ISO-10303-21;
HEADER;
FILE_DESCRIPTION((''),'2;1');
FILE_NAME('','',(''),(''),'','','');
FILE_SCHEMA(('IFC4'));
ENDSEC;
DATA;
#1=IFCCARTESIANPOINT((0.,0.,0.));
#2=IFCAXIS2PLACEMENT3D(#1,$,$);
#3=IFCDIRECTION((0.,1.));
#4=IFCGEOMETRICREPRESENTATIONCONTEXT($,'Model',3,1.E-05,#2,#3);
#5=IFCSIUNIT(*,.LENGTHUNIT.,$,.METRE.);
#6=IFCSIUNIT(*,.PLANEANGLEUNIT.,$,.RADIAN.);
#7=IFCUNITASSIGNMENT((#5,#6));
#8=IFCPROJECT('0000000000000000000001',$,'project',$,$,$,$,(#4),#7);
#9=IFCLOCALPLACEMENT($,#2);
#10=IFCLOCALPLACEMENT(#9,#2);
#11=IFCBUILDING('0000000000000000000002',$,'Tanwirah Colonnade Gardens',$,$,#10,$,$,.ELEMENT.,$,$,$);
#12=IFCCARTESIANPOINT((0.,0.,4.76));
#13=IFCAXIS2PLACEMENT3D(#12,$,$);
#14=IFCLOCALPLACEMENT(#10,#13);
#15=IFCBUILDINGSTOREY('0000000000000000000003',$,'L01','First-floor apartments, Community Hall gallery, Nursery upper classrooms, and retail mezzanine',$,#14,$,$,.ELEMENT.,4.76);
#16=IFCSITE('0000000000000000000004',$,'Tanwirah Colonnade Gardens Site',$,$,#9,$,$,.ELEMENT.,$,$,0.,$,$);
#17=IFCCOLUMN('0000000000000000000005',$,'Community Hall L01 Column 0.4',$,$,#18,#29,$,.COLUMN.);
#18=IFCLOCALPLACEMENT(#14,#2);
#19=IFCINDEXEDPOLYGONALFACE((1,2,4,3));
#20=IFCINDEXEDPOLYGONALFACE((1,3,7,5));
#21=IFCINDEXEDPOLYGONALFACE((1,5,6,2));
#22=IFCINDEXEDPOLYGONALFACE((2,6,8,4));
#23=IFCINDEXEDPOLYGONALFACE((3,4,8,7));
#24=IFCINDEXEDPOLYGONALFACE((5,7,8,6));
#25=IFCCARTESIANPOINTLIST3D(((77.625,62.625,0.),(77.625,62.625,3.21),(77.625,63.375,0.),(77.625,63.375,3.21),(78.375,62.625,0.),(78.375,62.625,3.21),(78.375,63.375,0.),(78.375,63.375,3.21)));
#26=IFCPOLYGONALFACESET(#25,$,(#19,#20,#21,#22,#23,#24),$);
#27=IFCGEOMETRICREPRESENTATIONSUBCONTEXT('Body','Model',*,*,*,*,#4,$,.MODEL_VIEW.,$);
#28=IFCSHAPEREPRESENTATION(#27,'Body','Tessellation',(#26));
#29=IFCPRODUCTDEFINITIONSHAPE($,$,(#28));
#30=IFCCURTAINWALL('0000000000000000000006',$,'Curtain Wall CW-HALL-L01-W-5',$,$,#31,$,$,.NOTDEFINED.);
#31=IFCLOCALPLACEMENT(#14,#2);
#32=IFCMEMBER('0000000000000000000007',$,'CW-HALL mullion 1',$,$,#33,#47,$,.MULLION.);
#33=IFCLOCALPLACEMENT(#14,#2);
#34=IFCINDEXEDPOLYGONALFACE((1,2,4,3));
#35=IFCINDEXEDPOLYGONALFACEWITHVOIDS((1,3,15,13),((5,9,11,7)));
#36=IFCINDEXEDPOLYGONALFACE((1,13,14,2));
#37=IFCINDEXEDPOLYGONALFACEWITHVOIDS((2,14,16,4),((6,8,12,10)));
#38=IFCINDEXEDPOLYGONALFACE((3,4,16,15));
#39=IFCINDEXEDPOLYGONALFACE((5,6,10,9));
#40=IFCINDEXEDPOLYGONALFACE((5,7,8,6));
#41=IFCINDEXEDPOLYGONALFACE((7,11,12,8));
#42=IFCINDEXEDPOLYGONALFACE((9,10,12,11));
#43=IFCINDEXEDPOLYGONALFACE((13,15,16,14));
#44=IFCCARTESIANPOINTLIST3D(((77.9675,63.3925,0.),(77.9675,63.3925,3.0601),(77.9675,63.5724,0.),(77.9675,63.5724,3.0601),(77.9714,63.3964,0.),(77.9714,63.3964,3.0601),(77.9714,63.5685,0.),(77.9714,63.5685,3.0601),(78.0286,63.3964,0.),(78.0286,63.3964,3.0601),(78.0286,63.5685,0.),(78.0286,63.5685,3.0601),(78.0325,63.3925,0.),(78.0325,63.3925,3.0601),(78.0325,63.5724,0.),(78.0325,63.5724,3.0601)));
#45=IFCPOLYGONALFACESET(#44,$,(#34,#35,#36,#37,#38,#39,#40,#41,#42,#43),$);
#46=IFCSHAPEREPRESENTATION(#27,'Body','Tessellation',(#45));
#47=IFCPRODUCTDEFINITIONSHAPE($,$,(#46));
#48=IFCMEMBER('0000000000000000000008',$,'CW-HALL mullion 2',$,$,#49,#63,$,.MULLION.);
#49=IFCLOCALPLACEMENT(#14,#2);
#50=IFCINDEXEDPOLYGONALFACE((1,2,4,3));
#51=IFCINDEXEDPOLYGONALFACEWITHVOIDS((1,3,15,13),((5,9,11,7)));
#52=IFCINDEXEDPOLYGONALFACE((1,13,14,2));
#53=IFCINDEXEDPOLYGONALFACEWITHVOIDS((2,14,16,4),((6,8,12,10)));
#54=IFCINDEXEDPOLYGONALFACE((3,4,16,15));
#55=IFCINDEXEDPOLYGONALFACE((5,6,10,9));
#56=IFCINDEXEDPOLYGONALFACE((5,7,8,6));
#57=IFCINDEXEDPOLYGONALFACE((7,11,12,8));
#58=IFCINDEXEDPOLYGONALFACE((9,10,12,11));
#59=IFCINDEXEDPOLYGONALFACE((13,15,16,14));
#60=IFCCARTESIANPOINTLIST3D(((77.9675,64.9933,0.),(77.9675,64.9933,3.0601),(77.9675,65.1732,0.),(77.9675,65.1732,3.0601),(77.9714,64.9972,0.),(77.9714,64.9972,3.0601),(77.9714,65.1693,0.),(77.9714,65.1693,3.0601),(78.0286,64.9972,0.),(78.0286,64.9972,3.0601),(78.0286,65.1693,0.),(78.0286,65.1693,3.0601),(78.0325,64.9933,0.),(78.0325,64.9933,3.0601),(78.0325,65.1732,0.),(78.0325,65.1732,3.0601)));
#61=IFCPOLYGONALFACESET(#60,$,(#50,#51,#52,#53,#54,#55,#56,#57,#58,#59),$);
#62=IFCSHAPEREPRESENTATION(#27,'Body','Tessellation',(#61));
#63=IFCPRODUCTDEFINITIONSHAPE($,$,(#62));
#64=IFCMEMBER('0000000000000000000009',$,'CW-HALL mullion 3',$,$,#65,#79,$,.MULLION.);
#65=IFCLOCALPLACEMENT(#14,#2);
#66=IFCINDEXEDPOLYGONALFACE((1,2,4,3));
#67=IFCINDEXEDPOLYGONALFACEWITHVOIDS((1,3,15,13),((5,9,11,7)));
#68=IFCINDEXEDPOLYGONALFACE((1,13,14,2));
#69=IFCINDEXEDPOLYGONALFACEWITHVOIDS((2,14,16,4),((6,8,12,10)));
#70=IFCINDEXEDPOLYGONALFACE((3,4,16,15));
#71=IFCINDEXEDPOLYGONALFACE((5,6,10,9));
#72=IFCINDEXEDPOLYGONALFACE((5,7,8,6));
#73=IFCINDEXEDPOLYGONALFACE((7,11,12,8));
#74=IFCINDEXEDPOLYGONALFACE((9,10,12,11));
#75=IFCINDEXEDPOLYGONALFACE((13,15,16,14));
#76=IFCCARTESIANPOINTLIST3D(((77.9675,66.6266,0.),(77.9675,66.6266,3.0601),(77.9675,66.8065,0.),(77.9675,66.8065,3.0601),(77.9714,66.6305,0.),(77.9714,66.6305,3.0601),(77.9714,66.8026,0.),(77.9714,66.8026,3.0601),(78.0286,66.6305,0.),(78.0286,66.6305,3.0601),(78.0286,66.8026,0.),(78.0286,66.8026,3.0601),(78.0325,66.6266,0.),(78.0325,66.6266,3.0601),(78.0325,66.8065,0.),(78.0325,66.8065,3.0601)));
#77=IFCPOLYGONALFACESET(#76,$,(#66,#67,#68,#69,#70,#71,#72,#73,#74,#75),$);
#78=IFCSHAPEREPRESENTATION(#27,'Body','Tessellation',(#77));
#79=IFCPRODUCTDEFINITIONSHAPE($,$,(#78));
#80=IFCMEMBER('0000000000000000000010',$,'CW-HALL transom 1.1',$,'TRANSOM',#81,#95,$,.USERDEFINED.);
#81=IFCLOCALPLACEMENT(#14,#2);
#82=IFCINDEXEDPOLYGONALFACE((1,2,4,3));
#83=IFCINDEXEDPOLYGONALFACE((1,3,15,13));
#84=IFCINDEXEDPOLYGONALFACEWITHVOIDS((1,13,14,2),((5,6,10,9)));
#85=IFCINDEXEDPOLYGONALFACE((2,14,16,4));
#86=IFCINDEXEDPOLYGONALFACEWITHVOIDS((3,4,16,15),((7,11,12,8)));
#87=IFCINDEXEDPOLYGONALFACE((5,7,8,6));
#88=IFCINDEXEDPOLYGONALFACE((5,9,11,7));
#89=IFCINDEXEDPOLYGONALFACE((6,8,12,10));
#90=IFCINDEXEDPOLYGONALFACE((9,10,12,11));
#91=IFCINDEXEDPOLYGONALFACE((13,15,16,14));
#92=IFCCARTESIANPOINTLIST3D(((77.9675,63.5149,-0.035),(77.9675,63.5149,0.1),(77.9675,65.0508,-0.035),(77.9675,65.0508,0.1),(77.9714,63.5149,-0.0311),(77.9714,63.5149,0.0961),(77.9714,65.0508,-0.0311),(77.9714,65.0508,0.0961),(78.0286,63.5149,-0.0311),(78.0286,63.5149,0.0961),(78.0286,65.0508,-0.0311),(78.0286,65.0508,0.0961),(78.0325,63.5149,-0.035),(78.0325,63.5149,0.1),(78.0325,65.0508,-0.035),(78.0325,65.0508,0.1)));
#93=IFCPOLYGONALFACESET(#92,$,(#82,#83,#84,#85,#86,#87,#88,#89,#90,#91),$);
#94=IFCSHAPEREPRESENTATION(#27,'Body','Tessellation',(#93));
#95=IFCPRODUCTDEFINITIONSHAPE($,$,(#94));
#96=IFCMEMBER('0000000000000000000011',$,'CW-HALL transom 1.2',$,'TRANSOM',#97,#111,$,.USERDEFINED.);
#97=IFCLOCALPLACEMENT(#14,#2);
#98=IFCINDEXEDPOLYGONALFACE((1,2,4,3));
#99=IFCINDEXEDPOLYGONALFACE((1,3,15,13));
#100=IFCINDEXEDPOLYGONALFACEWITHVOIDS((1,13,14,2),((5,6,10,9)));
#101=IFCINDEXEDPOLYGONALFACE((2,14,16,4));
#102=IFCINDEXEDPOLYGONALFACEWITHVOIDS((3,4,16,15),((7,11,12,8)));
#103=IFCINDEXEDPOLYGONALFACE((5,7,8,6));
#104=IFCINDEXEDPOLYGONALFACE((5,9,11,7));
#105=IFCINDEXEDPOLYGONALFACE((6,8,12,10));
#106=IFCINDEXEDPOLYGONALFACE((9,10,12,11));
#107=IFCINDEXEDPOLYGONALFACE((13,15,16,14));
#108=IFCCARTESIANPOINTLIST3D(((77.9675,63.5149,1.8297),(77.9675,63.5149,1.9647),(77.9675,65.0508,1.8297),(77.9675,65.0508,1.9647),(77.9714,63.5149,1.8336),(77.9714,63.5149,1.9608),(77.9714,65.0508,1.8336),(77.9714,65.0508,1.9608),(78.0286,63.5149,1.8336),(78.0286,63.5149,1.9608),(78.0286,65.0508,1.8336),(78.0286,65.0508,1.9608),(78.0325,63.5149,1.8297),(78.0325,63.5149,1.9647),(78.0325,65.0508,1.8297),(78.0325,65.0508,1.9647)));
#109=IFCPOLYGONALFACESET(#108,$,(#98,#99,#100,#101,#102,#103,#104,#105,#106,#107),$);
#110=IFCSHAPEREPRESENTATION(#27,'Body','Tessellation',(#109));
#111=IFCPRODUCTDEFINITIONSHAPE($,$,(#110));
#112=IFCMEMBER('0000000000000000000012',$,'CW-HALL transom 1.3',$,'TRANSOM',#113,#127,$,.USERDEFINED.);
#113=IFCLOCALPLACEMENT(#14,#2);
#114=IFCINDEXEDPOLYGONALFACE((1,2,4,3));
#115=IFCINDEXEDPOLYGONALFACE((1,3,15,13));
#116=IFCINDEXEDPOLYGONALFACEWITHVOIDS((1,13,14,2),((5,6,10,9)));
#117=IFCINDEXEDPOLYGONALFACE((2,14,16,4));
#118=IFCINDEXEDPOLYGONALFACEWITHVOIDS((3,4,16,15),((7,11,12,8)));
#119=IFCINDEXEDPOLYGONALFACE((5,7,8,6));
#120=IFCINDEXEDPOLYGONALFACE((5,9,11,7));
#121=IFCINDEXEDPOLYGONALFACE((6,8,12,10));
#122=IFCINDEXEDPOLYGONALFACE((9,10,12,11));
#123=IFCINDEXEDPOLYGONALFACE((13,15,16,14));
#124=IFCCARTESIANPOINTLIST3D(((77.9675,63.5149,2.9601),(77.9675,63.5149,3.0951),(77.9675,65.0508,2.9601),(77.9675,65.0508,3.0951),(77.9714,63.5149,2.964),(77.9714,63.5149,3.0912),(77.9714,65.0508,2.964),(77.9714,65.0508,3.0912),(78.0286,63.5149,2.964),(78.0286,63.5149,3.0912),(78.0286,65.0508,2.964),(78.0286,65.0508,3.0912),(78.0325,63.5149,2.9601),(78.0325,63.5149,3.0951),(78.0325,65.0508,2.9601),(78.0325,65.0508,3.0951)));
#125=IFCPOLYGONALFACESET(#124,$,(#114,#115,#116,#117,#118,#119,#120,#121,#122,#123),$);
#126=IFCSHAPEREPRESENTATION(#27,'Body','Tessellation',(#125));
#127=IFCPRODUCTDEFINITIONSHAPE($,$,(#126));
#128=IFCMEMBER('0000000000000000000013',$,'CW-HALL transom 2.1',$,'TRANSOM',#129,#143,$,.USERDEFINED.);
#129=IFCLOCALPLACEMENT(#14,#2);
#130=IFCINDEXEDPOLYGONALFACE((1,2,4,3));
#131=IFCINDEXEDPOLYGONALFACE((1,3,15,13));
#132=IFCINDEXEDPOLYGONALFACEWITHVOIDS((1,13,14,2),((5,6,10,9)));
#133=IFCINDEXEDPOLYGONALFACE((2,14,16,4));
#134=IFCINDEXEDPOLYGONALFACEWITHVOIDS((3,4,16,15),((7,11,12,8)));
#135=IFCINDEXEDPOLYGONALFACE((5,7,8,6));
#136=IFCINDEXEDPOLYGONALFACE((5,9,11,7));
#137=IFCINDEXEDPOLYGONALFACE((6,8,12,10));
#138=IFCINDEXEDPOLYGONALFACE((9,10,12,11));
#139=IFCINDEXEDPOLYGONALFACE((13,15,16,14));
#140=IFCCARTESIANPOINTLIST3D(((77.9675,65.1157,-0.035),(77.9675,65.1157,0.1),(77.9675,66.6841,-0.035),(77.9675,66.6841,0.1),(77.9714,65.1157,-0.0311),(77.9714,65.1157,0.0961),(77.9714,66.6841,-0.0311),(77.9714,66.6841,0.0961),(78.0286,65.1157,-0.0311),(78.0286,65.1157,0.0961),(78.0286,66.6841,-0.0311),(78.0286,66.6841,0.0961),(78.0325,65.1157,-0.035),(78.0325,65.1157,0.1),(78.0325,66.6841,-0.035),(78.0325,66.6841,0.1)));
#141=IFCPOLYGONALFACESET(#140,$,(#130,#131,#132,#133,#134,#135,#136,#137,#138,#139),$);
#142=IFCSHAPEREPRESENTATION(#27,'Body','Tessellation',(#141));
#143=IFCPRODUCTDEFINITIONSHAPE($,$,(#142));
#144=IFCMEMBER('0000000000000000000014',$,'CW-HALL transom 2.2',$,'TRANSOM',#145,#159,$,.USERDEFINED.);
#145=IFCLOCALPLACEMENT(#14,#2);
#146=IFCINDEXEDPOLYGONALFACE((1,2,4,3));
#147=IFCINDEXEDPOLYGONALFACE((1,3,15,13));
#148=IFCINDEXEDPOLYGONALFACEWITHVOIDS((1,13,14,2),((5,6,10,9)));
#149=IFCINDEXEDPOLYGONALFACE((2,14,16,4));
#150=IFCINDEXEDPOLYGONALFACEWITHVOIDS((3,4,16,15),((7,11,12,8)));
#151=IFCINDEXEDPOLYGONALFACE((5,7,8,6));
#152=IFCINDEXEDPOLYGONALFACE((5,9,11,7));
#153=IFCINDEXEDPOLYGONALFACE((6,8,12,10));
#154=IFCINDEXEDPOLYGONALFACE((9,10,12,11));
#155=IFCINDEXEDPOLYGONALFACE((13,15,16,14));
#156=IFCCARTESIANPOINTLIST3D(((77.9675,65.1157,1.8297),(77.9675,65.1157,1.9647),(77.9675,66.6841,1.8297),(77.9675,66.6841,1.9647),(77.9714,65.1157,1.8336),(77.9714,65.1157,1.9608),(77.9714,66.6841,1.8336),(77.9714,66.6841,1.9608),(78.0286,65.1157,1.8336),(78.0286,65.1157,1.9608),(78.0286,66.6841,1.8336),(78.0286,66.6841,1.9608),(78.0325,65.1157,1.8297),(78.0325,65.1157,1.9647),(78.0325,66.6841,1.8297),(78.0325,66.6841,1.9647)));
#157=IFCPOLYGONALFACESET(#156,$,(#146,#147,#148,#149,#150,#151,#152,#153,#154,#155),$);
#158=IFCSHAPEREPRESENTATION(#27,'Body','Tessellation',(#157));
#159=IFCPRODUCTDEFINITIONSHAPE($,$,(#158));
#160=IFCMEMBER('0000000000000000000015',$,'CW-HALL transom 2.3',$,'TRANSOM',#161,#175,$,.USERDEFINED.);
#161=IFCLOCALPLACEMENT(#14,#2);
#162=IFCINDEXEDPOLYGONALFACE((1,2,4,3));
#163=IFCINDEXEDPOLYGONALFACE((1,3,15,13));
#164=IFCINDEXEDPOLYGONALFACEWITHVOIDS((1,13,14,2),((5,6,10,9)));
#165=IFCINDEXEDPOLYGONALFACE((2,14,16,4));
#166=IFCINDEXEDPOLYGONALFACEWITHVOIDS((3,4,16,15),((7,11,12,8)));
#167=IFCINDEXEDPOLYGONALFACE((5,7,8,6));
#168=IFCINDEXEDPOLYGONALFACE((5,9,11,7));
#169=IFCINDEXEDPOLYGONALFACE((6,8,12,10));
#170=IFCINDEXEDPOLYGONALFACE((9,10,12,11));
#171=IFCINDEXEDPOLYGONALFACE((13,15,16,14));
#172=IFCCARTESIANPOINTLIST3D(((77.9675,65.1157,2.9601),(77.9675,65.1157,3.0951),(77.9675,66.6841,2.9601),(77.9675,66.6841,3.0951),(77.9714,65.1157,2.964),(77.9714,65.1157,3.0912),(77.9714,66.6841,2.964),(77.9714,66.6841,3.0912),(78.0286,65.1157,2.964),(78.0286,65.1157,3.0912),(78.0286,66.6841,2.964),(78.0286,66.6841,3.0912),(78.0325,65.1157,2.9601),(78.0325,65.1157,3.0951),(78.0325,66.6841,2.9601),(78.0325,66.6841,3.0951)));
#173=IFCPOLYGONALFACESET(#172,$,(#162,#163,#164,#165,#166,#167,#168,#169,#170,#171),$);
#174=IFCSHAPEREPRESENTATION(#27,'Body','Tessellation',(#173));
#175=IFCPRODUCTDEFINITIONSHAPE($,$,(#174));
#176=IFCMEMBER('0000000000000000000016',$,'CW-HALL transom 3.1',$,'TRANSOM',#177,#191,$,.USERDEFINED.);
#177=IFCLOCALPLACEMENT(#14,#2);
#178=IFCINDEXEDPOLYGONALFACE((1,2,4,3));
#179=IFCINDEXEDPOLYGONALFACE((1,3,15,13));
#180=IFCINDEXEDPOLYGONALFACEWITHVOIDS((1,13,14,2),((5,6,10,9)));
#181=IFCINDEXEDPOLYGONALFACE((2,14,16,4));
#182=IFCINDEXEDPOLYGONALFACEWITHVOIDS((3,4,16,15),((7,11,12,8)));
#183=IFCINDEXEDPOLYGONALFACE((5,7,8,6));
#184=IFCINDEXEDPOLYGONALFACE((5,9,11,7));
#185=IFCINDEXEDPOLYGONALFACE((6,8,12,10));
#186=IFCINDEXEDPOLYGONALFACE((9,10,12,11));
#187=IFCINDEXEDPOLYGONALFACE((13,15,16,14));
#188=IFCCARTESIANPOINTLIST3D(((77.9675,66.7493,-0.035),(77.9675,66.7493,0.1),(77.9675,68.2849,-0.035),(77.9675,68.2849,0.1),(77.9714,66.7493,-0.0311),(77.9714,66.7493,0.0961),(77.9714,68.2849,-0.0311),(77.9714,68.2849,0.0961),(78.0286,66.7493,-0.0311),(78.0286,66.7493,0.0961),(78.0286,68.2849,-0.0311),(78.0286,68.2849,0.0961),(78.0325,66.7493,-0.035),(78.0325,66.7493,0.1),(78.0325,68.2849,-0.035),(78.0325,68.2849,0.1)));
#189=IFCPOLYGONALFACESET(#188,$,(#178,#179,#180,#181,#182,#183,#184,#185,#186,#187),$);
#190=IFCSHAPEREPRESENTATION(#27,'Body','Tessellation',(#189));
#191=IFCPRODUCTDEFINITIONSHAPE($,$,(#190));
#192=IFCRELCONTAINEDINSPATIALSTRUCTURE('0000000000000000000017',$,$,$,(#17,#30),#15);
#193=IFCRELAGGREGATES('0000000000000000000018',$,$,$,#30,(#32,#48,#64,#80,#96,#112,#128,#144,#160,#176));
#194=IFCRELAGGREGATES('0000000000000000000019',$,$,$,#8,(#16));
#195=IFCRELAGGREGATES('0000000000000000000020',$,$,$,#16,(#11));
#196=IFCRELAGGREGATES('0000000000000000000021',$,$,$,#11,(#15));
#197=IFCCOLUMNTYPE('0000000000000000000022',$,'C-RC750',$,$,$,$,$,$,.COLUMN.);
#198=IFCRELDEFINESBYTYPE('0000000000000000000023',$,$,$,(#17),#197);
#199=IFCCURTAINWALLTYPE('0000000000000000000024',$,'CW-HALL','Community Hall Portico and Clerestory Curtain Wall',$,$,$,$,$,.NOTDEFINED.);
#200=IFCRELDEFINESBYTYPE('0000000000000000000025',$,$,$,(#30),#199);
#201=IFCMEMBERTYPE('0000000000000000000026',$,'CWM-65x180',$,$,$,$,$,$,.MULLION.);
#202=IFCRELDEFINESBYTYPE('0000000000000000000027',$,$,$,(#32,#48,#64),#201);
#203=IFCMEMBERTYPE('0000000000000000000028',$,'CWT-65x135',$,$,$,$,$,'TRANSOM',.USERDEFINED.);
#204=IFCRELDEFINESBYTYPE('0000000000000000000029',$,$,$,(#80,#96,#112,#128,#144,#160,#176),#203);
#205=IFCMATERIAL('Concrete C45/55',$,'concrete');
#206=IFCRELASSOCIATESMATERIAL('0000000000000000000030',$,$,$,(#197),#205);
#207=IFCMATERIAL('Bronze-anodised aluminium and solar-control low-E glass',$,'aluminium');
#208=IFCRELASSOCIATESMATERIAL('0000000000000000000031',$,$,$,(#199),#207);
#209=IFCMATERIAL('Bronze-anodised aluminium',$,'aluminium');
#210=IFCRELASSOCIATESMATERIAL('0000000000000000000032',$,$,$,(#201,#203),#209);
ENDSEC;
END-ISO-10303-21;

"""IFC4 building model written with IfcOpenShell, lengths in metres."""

from ifc_helpers import new_model, si_unit, direction, frame, origin, origin_2d, place, context, subcontext, project, spatial, rectangle, hollow_rectangle, extrude, material, material_profile, profile_set, type_object, element, aggregate, save


model = new_model("IFC4")

# Units and contexts
model_context = context("Model", 3, precision=1e-05, world=origin(), true_north=direction((0.0, 1.0)))
body_context = subcontext(model_context, "Body", "Model", "MODEL_VIEW")
ifc_project = project(units=[si_unit("LENGTHUNIT", "METRE"), si_unit("PLANEANGLEUNIT", "RADIAN")], contexts=[model_context])

# Site, building, storey
site_placement = place(None, origin())
site = spatial("IfcSite", under=ifc_project, at=site_placement, Name="Tanwirah Colonnade Gardens Site", CompositionType="ELEMENT", RefElevation=0.0)
building_placement = place(site_placement, origin())
building = spatial("IfcBuilding", under=site, at=building_placement, Name="Tanwirah Colonnade Gardens", CompositionType="ELEMENT")
storey_placement = place(building_placement, frame((0.0, 0.0, 4.76)))
storey = spatial("IfcBuildingStorey", under=building, at=storey_placement, Name="L01", Description="First-floor apartments, Community Hall gallery, Nursery upper classrooms, and retail mezzanine", CompositionType="ELEMENT", Elevation=4.76)

# Column
ifc_material_1 = material(Name="Concrete C45/55", Category="concrete")
ifc_material_profile_1 = material_profile(ifc_material_1, rectangle(XDim=0.75, YDim=0.75, at=origin_2d()), Name="RC-COL 750x750")
ifc_profile_set_1 = profile_set([ifc_material_profile_1], Name="Concrete C45/55")
column_type = type_object("IfcColumnType", Name="C-RC750", PredefinedType="COLUMN", material=ifc_profile_set_1)
column_placement = place(storey_placement, frame((78.0, 63.0, 0.0), z_axis=(0.0, 0.0, 1.0), x_axis=(1.0, 0.0, 0.0)))
element("IfcColumn", 1, at=column_placement, inside=storey, type_object=column_type, Name="Community Hall L01 Column 0.4", PredefinedType="COLUMN", context=body_context, shape_type="SweptSolid", body=[
    extrude(rectangle(XDim=0.75, YDim=0.75, at=origin_2d()), origin(), (0.0, 0.0, 1.0), 3.21),
])

# Curtain wall, members
ifc_material_2 = material(Name="Bronze-anodised aluminium and solar-control low-E glass", Category="aluminium")
curtain_wall_type = type_object("IfcCurtainWallType", Name="CW-HALL", Description="Community Hall Portico and Clerestory Curtain Wall", PredefinedType="NOTDEFINED", material=ifc_material_2)
curtain_wall_placement = place(storey_placement, origin())
curtain_wall = element("IfcCurtainWall", 2, at=curtain_wall_placement, inside=storey, type_object=curtain_wall_type, Name="Curtain Wall CW-HALL-L01-W-5", PredefinedType="NOTDEFINED")
ifc_material_3 = material(Name="Bronze-anodised aluminium", Category="aluminium")
ifc_material_profile_2 = material_profile(ifc_material_3, hollow_rectangle(XDim=0.0649, YDim=0.1799, WallThickness=0.0039, at=origin_2d()), Name="CW-MUL 65x180x4")
ifc_profile_set_2 = profile_set([ifc_material_profile_2], Name="Bronze-anodised aluminium")
member_type_1 = type_object("IfcMemberType", Name="CWM-65x180", PredefinedType="MULLION", material=ifc_profile_set_2)
member_1_placement = place(storey_placement, frame((78.0, 63.4824, 0.0), z_axis=(0.0, 0.0, 1.0), x_axis=(-1.0, 0.0, 0.0)))
member_1 = element("IfcMember", 3, at=member_1_placement, type_object=member_type_1, Name="CW-HALL mullion 1", PredefinedType="MULLION", context=body_context, shape_type="SweptSolid", body=[
    extrude(hollow_rectangle(XDim=0.0649, YDim=0.1799, WallThickness=0.0039, at=origin_2d()), origin(), (0.0, 0.0, 1.0), 3.0601),
])
member_2_placement = place(storey_placement, frame((78.0, 65.0833, 0.0), z_axis=(0.0, 0.0, 1.0), x_axis=(-1.0, 0.0, 0.0)))
member_2 = element("IfcMember", 4, at=member_2_placement, type_object=member_type_1, Name="CW-HALL mullion 2", PredefinedType="MULLION", context=body_context, shape_type="SweptSolid", body=[
    extrude(hollow_rectangle(XDim=0.0649, YDim=0.1799, WallThickness=0.0039, at=origin_2d()), origin(), (0.0, 0.0, 1.0), 3.0601),
])
member_3_placement = place(storey_placement, frame((78.0, 66.7166, 0.0), z_axis=(0.0, 0.0, 1.0), x_axis=(-1.0, 0.0, 0.0)))
member_3 = element("IfcMember", 5, at=member_3_placement, type_object=member_type_1, Name="CW-HALL mullion 3", PredefinedType="MULLION", context=body_context, shape_type="SweptSolid", body=[
    extrude(hollow_rectangle(XDim=0.0649, YDim=0.1799, WallThickness=0.0039, at=origin_2d()), origin(), (0.0, 0.0, 1.0), 3.0601),
])
ifc_material_profile_3 = material_profile(ifc_material_3, hollow_rectangle(XDim=0.0649, YDim=0.135, WallThickness=0.0039, at=origin_2d()), Name="CW-TRN 65x135x4")
ifc_profile_set_3 = profile_set([ifc_material_profile_3], Name="Bronze-anodised aluminium")
member_type_2 = type_object("IfcMemberType", Name="CWT-65x135", ElementType="TRANSOM", PredefinedType="USERDEFINED", material=ifc_profile_set_3)
member_4_placement = place(storey_placement, frame((78.0, 63.5149, 0.0325), z_axis=(0.0, 1.0, 0.0), x_axis=(-1.0, 0.0, 0.0)))
member_4 = element("IfcMember", 6, at=member_4_placement, type_object=member_type_2, Name="CW-HALL transom 1.1", ObjectType="TRANSOM", PredefinedType="USERDEFINED", context=body_context, shape_type="SweptSolid", body=[
    extrude(hollow_rectangle(XDim=0.0649, YDim=0.135, WallThickness=0.0039, at=origin_2d()), origin(), (0.0, 0.0, 1.0), 1.5359),
])
member_5_placement = place(storey_placement, frame((78.0, 63.5149, 1.8972), z_axis=(0.0, 1.0, 0.0), x_axis=(-1.0, 0.0, 0.0)))
member_5 = element("IfcMember", 7, at=member_5_placement, type_object=member_type_2, Name="CW-HALL transom 1.2", ObjectType="TRANSOM", PredefinedType="USERDEFINED", context=body_context, shape_type="SweptSolid", body=[
    extrude(hollow_rectangle(XDim=0.0649, YDim=0.135, WallThickness=0.0039, at=origin_2d()), origin(), (0.0, 0.0, 1.0), 1.5359),
])
member_6_placement = place(storey_placement, frame((78.0, 63.5149, 3.0276), z_axis=(0.0, 1.0, 0.0), x_axis=(-1.0, 0.0, 0.0)))
member_6 = element("IfcMember", 8, at=member_6_placement, type_object=member_type_2, Name="CW-HALL transom 1.3", ObjectType="TRANSOM", PredefinedType="USERDEFINED", context=body_context, shape_type="SweptSolid", body=[
    extrude(hollow_rectangle(XDim=0.0649, YDim=0.135, WallThickness=0.0039, at=origin_2d()), origin(), (0.0, 0.0, 1.0), 1.5359),
])
member_7_placement = place(storey_placement, frame((78.0, 65.1157, 0.0325), z_axis=(0.0, 1.0, 0.0), x_axis=(-1.0, 0.0, 0.0)))
member_7 = element("IfcMember", 9, at=member_7_placement, type_object=member_type_2, Name="CW-HALL transom 2.1", ObjectType="TRANSOM", PredefinedType="USERDEFINED", context=body_context, shape_type="SweptSolid", body=[
    extrude(hollow_rectangle(XDim=0.0649, YDim=0.135, WallThickness=0.0039, at=origin_2d()), origin(), (0.0, 0.0, 1.0), 1.5684),
])
member_8_placement = place(storey_placement, frame((78.0, 65.1157, 1.8972), z_axis=(0.0, 1.0, 0.0), x_axis=(-1.0, 0.0, 0.0)))
member_8 = element("IfcMember", 10, at=member_8_placement, type_object=member_type_2, Name="CW-HALL transom 2.2", ObjectType="TRANSOM", PredefinedType="USERDEFINED", context=body_context, shape_type="SweptSolid", body=[
    extrude(hollow_rectangle(XDim=0.0649, YDim=0.135, WallThickness=0.0039, at=origin_2d()), origin(), (0.0, 0.0, 1.0), 1.5684),
])
member_9_placement = place(storey_placement, frame((78.0, 65.1157, 3.0276), z_axis=(0.0, 1.0, 0.0), x_axis=(-1.0, 0.0, 0.0)))
member_9 = element("IfcMember", 11, at=member_9_placement, type_object=member_type_2, Name="CW-HALL transom 2.3", ObjectType="TRANSOM", PredefinedType="USERDEFINED", context=body_context, shape_type="SweptSolid", body=[
    extrude(hollow_rectangle(XDim=0.0649, YDim=0.135, WallThickness=0.0039, at=origin_2d()), origin(), (0.0, 0.0, 1.0), 1.5684),
])
member_10_placement = place(storey_placement, frame((78.0, 66.7493, 0.0325), z_axis=(0.0, 1.0, 0.0), x_axis=(-1.0, 0.0, 0.0)))
member_10 = element("IfcMember", 12, at=member_10_placement, type_object=member_type_2, Name="CW-HALL transom 3.1", ObjectType="TRANSOM", PredefinedType="USERDEFINED", context=body_context, shape_type="SweptSolid", body=[
    extrude(hollow_rectangle(XDim=0.0649, YDim=0.135, WallThickness=0.0039, at=origin_2d()), origin(), (0.0, 0.0, 1.0), 1.5356),
])

aggregate(curtain_wall, [member_1, member_2, member_3, member_4, member_5, member_6, member_7, member_8, member_9, member_10])

save(model, "model.ifc")
